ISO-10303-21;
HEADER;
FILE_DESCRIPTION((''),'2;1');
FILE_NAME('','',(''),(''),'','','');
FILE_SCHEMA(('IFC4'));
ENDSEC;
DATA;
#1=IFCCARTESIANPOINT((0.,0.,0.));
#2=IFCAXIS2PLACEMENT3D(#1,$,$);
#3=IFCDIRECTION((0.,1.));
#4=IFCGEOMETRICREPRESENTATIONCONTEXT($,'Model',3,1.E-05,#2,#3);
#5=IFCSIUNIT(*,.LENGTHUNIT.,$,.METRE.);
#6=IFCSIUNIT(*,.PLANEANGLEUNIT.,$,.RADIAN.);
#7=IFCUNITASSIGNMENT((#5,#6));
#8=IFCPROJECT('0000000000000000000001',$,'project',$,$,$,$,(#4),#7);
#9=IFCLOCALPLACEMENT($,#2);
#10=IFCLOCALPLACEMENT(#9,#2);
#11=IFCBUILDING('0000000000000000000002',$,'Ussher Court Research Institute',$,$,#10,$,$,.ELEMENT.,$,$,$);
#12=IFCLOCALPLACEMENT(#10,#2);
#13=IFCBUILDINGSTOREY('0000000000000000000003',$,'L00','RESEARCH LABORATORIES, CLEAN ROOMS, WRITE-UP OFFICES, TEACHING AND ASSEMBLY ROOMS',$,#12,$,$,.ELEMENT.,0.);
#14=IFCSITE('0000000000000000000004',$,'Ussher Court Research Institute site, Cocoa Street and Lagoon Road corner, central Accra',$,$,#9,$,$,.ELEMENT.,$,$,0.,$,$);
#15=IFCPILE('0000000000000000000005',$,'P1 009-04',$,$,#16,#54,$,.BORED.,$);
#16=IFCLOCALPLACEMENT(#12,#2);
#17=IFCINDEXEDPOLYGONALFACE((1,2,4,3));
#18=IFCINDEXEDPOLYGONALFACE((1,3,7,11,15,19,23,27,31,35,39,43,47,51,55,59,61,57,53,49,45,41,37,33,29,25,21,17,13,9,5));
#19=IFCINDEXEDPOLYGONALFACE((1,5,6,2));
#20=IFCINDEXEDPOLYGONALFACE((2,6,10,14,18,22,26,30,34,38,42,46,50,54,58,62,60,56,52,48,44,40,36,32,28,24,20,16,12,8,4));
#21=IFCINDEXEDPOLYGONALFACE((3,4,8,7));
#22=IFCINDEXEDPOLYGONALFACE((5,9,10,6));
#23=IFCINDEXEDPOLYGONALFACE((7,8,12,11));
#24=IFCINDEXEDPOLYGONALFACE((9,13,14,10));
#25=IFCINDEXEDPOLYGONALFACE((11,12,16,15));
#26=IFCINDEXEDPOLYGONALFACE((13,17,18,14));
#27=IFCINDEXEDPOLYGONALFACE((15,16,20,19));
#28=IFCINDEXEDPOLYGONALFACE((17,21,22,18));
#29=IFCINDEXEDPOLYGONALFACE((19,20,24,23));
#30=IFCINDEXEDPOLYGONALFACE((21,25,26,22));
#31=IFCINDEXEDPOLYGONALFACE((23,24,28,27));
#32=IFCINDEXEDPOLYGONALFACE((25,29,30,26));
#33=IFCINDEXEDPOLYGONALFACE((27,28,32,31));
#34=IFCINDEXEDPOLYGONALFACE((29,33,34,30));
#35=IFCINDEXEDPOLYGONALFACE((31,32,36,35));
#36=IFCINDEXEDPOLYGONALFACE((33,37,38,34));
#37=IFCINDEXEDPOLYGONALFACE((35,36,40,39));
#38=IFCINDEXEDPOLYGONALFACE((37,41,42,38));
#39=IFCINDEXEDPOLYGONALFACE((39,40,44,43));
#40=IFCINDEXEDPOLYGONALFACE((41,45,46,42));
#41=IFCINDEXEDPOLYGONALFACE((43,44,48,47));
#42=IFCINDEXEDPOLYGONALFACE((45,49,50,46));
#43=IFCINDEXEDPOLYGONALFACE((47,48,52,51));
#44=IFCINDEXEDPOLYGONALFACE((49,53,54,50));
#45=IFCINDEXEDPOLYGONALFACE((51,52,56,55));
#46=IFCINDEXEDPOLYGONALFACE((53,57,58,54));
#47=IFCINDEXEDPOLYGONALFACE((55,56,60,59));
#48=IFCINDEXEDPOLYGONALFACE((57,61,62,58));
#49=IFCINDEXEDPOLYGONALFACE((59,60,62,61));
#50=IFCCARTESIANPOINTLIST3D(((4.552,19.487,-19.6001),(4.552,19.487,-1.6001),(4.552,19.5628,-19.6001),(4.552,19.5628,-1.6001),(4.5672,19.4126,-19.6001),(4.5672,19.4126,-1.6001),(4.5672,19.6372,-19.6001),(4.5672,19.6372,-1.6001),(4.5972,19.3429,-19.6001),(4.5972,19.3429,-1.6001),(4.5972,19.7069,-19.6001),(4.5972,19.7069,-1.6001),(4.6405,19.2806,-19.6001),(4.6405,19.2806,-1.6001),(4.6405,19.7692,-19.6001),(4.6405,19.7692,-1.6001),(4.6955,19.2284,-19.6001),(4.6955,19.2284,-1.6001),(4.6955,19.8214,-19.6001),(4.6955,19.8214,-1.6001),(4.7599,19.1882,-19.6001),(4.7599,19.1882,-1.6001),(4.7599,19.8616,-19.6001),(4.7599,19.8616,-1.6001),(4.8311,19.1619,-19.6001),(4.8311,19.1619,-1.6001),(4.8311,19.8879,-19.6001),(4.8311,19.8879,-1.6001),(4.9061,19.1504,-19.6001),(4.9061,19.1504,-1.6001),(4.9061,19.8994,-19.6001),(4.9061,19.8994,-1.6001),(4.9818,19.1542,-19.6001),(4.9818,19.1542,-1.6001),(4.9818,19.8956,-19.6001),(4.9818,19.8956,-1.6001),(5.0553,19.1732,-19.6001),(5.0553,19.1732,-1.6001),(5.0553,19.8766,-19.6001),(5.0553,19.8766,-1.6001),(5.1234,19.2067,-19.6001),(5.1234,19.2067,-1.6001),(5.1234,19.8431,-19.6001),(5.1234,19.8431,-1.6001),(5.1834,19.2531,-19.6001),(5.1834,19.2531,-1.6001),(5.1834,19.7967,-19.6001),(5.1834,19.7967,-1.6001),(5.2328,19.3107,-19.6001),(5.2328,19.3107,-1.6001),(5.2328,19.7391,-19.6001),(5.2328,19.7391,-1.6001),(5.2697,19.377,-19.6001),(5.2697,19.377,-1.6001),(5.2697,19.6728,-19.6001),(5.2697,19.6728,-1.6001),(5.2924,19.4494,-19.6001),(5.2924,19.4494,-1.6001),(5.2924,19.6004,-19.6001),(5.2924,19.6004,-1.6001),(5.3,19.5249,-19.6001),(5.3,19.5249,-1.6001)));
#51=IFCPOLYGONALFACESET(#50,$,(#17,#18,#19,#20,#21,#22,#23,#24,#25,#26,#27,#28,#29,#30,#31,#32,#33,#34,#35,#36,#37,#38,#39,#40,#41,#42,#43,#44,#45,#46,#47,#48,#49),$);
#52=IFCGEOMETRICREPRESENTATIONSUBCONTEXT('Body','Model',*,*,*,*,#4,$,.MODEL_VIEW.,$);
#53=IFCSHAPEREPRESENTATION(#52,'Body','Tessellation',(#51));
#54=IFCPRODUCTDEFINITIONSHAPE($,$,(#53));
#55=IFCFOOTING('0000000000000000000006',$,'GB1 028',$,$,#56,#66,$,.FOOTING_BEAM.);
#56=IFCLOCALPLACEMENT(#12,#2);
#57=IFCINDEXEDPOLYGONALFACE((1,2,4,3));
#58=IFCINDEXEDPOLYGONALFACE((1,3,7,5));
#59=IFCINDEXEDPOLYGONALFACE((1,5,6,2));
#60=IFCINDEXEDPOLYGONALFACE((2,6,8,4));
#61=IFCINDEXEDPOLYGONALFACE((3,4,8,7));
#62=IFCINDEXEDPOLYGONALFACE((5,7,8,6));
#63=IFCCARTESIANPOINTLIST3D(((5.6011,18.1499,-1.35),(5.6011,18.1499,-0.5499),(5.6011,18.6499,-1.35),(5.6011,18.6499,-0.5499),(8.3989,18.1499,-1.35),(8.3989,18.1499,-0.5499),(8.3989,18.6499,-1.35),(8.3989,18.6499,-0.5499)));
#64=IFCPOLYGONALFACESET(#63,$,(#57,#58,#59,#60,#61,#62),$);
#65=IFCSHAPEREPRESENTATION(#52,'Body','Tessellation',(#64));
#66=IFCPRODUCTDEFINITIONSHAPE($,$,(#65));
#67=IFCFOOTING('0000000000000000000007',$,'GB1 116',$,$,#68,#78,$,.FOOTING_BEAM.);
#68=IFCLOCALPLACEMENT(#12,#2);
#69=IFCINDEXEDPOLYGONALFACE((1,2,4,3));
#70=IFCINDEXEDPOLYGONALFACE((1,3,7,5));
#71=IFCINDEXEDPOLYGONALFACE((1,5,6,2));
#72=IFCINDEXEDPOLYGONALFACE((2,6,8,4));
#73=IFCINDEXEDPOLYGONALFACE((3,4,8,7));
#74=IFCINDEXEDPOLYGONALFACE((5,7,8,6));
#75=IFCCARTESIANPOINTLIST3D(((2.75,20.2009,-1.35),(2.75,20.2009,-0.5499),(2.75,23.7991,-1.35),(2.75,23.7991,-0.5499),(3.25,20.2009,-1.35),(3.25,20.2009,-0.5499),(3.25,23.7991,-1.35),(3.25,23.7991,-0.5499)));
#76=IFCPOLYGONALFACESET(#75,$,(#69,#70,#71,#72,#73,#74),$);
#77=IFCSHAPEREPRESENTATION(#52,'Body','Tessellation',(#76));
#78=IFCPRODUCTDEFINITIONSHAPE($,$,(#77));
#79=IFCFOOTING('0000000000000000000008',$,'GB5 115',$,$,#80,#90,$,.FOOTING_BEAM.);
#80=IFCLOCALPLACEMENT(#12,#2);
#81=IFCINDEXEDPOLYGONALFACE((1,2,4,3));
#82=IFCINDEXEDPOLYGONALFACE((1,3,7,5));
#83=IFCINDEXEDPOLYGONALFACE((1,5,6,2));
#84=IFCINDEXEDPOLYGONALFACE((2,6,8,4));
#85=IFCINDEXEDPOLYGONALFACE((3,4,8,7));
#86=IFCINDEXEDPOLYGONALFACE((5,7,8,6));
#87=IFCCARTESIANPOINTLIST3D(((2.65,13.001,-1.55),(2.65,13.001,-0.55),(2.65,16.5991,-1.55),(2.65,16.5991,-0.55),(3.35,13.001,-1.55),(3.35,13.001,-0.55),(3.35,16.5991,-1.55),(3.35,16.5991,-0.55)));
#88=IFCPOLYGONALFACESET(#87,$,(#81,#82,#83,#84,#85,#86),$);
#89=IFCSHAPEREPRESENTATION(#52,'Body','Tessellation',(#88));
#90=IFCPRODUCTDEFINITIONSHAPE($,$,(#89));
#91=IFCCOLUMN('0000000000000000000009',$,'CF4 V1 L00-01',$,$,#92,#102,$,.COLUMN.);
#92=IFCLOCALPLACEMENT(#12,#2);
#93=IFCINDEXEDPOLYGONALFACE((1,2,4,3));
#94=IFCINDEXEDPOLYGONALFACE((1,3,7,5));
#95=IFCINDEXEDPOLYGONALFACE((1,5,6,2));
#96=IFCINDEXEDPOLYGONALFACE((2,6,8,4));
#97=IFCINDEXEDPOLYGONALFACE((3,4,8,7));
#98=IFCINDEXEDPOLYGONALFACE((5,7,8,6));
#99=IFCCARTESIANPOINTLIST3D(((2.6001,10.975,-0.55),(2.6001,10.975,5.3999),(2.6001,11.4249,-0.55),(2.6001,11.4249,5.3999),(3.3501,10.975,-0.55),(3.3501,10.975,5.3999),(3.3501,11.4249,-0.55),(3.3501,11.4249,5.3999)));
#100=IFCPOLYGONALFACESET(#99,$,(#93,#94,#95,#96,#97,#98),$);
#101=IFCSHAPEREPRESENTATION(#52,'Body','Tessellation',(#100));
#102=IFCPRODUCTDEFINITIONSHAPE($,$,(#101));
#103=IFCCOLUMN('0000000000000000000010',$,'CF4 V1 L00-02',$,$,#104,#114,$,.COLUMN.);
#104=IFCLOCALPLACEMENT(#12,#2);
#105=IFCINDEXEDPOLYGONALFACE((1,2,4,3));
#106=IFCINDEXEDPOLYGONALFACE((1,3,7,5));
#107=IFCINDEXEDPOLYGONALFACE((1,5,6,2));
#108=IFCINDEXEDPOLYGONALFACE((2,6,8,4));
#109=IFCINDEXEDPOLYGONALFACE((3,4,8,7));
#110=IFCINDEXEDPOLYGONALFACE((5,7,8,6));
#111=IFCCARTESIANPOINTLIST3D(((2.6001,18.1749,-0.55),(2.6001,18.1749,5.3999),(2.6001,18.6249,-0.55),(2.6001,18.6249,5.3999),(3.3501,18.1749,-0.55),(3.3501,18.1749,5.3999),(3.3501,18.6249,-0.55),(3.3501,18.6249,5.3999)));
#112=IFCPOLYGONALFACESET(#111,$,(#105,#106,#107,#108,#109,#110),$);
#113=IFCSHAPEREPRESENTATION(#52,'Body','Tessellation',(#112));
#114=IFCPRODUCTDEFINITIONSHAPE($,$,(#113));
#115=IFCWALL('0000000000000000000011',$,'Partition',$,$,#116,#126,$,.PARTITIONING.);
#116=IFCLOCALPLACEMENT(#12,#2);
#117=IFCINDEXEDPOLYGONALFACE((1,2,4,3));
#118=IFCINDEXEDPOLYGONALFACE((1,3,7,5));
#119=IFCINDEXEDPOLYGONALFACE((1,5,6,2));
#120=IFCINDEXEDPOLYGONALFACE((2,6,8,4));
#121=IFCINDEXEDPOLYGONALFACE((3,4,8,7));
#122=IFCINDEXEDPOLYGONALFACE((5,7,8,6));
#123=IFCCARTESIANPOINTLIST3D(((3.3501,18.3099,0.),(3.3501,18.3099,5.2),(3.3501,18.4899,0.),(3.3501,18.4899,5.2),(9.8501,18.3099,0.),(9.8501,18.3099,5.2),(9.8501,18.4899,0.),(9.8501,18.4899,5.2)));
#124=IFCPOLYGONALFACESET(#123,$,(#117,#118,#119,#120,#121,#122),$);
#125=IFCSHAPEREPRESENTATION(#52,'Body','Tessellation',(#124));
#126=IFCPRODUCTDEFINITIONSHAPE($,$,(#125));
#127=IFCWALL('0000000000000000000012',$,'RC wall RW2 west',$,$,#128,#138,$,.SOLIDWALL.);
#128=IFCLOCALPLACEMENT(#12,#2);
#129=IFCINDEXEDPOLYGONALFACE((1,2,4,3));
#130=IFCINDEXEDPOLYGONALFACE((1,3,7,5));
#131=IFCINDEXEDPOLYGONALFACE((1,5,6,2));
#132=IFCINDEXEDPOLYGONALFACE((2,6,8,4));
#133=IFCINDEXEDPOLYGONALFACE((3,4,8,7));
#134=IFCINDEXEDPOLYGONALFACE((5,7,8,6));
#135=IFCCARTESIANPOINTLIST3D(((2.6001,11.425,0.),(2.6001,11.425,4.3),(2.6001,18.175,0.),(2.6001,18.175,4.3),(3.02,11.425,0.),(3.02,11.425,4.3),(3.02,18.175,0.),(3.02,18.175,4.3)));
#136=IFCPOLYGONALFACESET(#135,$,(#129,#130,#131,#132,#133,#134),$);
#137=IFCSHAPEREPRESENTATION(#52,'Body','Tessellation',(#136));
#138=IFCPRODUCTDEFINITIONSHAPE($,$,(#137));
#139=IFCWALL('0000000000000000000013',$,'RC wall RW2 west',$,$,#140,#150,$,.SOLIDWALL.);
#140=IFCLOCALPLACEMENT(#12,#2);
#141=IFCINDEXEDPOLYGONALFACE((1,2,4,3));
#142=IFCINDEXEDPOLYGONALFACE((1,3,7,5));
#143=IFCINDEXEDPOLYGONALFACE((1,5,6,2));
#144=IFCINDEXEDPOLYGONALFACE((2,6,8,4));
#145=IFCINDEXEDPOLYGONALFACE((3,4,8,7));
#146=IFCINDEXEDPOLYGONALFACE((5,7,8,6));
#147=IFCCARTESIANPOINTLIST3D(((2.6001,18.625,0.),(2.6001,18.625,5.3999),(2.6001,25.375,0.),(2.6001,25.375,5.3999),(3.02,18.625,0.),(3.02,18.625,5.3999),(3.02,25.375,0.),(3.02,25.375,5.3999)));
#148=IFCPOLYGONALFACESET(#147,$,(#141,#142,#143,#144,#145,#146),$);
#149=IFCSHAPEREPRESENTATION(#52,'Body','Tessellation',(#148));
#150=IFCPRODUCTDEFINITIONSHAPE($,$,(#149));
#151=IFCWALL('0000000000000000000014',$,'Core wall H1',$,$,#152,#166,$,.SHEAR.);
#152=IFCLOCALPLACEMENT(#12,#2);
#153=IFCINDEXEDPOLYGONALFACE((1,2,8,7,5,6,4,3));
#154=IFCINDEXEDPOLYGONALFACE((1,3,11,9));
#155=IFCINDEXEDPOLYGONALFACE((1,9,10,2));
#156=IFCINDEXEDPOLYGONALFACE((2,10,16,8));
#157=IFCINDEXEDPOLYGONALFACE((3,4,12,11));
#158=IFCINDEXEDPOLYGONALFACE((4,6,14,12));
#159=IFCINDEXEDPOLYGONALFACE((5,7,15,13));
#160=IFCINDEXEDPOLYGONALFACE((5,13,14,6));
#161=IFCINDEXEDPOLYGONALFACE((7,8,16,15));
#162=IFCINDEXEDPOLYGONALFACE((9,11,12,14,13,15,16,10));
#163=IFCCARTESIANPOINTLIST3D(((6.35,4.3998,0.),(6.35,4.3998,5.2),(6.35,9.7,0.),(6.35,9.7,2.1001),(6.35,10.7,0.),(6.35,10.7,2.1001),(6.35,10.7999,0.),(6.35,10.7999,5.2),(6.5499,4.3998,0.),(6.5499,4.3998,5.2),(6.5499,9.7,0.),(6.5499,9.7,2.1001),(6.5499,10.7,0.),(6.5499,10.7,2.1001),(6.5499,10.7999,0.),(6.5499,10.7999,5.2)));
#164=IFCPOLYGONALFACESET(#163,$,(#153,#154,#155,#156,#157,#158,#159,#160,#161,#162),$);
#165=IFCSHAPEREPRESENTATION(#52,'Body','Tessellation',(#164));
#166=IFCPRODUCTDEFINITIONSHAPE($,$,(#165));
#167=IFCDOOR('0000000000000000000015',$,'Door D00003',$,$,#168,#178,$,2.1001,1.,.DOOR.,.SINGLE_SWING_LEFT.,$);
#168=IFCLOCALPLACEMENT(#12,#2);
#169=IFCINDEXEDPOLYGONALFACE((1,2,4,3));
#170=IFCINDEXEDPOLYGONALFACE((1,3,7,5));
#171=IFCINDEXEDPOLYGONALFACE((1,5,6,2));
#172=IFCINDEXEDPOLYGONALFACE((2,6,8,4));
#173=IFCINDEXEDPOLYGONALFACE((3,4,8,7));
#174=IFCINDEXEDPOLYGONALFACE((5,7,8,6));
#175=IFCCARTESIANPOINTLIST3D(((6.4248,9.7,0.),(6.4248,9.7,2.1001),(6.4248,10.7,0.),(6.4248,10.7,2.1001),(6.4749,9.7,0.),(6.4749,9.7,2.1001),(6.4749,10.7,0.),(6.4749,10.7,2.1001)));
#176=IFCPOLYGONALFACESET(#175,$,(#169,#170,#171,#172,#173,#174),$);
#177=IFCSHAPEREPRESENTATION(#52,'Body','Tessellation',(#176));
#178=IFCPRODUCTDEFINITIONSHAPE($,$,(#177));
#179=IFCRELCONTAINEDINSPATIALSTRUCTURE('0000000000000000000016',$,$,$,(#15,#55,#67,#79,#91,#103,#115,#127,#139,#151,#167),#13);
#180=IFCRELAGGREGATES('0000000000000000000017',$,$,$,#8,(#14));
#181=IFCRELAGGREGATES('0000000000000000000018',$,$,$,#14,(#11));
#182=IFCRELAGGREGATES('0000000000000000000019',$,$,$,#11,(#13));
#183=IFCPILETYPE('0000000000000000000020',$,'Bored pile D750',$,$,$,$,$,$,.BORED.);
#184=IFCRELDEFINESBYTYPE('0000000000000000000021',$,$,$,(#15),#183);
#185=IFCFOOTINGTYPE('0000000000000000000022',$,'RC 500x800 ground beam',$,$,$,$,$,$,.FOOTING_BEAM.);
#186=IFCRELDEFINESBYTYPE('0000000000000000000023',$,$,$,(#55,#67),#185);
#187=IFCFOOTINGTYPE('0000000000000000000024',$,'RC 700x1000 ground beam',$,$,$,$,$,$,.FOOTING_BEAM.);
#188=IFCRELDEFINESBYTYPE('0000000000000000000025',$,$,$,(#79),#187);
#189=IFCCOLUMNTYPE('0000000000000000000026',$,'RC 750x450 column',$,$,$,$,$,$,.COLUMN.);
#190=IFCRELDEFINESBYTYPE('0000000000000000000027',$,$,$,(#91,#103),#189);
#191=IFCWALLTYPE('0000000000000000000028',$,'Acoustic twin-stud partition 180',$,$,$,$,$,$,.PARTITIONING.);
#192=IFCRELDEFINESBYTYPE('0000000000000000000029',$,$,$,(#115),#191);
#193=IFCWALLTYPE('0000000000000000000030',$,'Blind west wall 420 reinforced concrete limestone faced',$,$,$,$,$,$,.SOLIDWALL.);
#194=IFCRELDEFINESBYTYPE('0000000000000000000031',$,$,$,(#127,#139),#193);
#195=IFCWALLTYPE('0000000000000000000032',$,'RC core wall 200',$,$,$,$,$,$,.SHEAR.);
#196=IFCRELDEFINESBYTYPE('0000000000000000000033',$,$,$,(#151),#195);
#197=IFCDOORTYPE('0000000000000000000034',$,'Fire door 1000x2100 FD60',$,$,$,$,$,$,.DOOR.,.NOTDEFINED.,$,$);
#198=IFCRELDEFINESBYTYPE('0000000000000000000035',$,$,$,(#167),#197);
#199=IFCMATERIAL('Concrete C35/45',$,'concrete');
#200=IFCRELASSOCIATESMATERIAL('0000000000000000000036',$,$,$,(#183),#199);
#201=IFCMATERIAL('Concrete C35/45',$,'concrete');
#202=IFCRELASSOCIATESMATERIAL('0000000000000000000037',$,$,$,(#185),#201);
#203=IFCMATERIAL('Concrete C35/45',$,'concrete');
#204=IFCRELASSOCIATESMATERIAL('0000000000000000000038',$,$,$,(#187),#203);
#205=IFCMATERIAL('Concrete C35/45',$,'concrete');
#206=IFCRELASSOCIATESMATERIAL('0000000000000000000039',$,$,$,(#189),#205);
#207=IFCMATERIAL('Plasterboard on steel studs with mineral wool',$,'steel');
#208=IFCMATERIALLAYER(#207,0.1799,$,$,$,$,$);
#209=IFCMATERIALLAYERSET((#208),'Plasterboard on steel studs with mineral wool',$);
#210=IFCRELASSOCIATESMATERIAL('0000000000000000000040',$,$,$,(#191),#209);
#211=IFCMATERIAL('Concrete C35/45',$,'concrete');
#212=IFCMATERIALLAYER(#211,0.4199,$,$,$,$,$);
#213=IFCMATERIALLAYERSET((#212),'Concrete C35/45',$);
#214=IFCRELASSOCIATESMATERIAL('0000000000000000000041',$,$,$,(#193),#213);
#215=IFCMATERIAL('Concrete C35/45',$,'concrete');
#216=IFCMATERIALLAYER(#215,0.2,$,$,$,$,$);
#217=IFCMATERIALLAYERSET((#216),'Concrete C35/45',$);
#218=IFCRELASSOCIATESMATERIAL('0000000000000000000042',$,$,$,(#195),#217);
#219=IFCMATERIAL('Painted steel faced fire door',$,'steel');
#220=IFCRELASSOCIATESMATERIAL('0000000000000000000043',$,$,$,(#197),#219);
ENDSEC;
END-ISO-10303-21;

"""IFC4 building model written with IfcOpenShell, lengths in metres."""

from ifc_helpers import new_model, si_unit, direction, frame, frame_2d, origin, origin_2d, place, context, subcontext, project, spatial, rectangle, circle, extrude, material, layer, layer_set, material_profile, profile_set, type_object, element, fill, save


model = new_model("IFC4")

# Units and contexts
model_context = context("Model", 3, precision=1e-05, world=origin(), true_north=direction((0.0, 1.0)))
body_context = subcontext(model_context, "Body", "Model", "MODEL_VIEW")
ifc_project = project(units=[si_unit("LENGTHUNIT", "METRE"), si_unit("PLANEANGLEUNIT", "RADIAN")], contexts=[model_context])

# Site, building, storey
site_placement = place(None, origin())
site = spatial("IfcSite", under=ifc_project, at=site_placement, Name="Ussher Court Research Institute site, Cocoa Street and Lagoon Road corner, central Accra", CompositionType="ELEMENT", RefElevation=0.0)
building_placement = place(site_placement, origin())
building = spatial("IfcBuilding", under=site, at=building_placement, Name="Ussher Court Research Institute", CompositionType="ELEMENT")
storey_placement = place(building_placement, origin())
storey = spatial("IfcBuildingStorey", under=building, at=storey_placement, Name="L00", Description="RESEARCH LABORATORIES, CLEAN ROOMS, WRITE-UP OFFICES, TEACHING AND ASSEMBLY ROOMS", CompositionType="ELEMENT", Elevation=0.0)

# Pile
ifc_material_1 = material(Name="Concrete C35/45", Category="concrete")
ifc_material_profile_1 = material_profile(ifc_material_1, circle(Radius=0.375, at=origin_2d()), Name="RC D750")
ifc_profile_set_1 = profile_set([ifc_material_profile_1], Name="Concrete C35/45")
pile_type_1 = type_object("IfcPileType", Name="Bored pile D750", PredefinedType="BORED", material=ifc_profile_set_1)
for number, where, z_axis, x_axis, name in (
    (1, (4.925, 19.5249, -1.6001), (0.0, 0.0, -1.0), (1.0, 0.0, 0.0), "P1 009-04"),
):
    element("IfcPile", number, at=place(storey_placement, frame(where, z_axis=z_axis, x_axis=x_axis)), inside=storey, type_object=pile_type_1, Name=name, PredefinedType="BORED", context=body_context, shape_type="SweptSolid", body=[
        extrude(circle(Radius=0.375, at=origin_2d()), origin(), (0.0, 0.0, 1.0), 18.0),
    ])

# Footings
ifc_material_2 = material(Name="Concrete C35/45", Category="concrete")
ifc_material_profile_2 = material_profile(ifc_material_2, rectangle(XDim=0.5, YDim=0.8, at=origin_2d()), Name="RC 500x800")
ifc_profile_set_2 = profile_set([ifc_material_profile_2], Name="Concrete C35/45")
footing_type_1 = type_object("IfcFootingType", Name="RC 500x800 ground beam", PredefinedType="FOOTING_BEAM", material=ifc_profile_set_2)
footing_1_placement = place(storey_placement, frame((5.6011, 18.3999, -0.95), z_axis=(1.0, 0.0, 0.0), x_axis=(0.0, 1.0, 0.0)))
element("IfcFooting", 2, at=footing_1_placement, inside=storey, type_object=footing_type_1, Name="GB1 028", PredefinedType="FOOTING_BEAM", context=body_context, shape_type="SweptSolid", body=[
    extrude(rectangle(XDim=0.5, YDim=0.8, at=origin_2d()), origin(), (0.0, 0.0, 1.0), 2.7979),
])
footing_2_placement = place(storey_placement, frame((3.0, 20.2009, -0.95), z_axis=(0.0, 1.0, 0.0), x_axis=(-1.0, 0.0, 0.0)))
element("IfcFooting", 3, at=footing_2_placement, inside=storey, type_object=footing_type_1, Name="GB1 116", PredefinedType="FOOTING_BEAM", context=body_context, shape_type="SweptSolid", body=[
    extrude(rectangle(XDim=0.5, YDim=0.8, at=origin_2d()), origin(), (0.0, 0.0, 1.0), 3.5981),
])
ifc_material_3 = material(Name="Concrete C35/45", Category="concrete")
ifc_material_profile_3 = material_profile(ifc_material_3, rectangle(XDim=0.7, YDim=1.0, at=origin_2d()), Name="RC 700x1000")
ifc_profile_set_3 = profile_set([ifc_material_profile_3], Name="Concrete C35/45")
footing_type_2 = type_object("IfcFootingType", Name="RC 700x1000 ground beam", PredefinedType="FOOTING_BEAM", material=ifc_profile_set_3)
footing_3_placement = place(storey_placement, frame((3.0, 13.001, -1.05), z_axis=(0.0, 1.0, 0.0), x_axis=(-1.0, 0.0, 0.0)))
element("IfcFooting", 4, at=footing_3_placement, inside=storey, type_object=footing_type_2, Name="GB5 115", PredefinedType="FOOTING_BEAM", context=body_context, shape_type="SweptSolid", body=[
    extrude(rectangle(XDim=0.7, YDim=1.0, at=origin_2d()), origin(), (0.0, 0.0, 1.0), 3.5981),
])

# Columns
ifc_material_4 = material(Name="Concrete C35/45", Category="concrete")
ifc_material_profile_4 = material_profile(ifc_material_4, rectangle(XDim=0.75, YDim=0.45, at=origin_2d()), Name="RC 750x450")
ifc_profile_set_4 = profile_set([ifc_material_profile_4], Name="Concrete C35/45")
column_type = type_object("IfcColumnType", Name="RC 750x450 column", PredefinedType="COLUMN", material=ifc_profile_set_4)
for number, where, z_axis, x_axis, name in (
    (5, (2.9751, 11.2, -0.55), (0.0, 0.0, 1.0), (1.0, 0.0, 0.0), "CF4 V1 L00-01"),
    (6, (2.9751, 18.3999, -0.55), (0.0, 0.0, 1.0), (1.0, 0.0, 0.0), "CF4 V1 L00-02"),
):
    element("IfcColumn", number, at=place(storey_placement, frame(where, z_axis=z_axis, x_axis=x_axis)), inside=storey, type_object=column_type, Name=name, PredefinedType="COLUMN", context=body_context, shape_type="SweptSolid", body=[
        extrude(rectangle(XDim=0.75, YDim=0.45, at=origin_2d()), origin(), (0.0, 0.0, 1.0), 5.95),
    ])

# Walls
ifc_material_5 = material(Name="Plasterboard on steel studs with mineral wool", Category="steel")
ifc_layer_1 = layer(ifc_material_5, 0.1799)
ifc_layer_set_1 = layer_set([ifc_layer_1], Name="Plasterboard on steel studs with mineral wool")
wall_type_1 = type_object("IfcWallType", Name="Acoustic twin-stud partition 180", PredefinedType="PARTITIONING", material=ifc_layer_set_1)
wall_1_placement = place(storey_placement, frame((3.3501, 18.3999, 0.0), z_axis=(0.0, 0.0, 1.0), x_axis=(1.0, 0.0, 0.0)))
element("IfcWall", 7, at=wall_1_placement, inside=storey, type_object=wall_type_1, Name="Partition", PredefinedType="PARTITIONING", context=body_context, shape_type="SweptSolid", body=[
    extrude(rectangle(XDim=6.5, YDim=0.1799, at=frame_2d((3.25, 0.0))), origin(), (0.0, 0.0, 1.0), 5.2),
])
ifc_material_6 = material(Name="Concrete C35/45", Category="concrete")
ifc_layer_2 = layer(ifc_material_6, 0.4199)
ifc_layer_set_2 = layer_set([ifc_layer_2], Name="Concrete C35/45")
wall_type_2 = type_object("IfcWallType", Name="Blind west wall 420 reinforced concrete limestone faced", PredefinedType="SOLIDWALL", material=ifc_layer_set_2)
wall_2_placement = place(storey_placement, frame((2.8101, 11.425, 0.0), z_axis=(0.0, 0.0, 1.0), x_axis=(0.0, 1.0, 0.0)))
element("IfcWall", 8, at=wall_2_placement, inside=storey, type_object=wall_type_2, Name="RC wall RW2 west", PredefinedType="SOLIDWALL", context=body_context, shape_type="SweptSolid", body=[
    extrude(rectangle(XDim=6.75, YDim=0.4199, at=frame_2d((3.375, 0.0))), origin(), (0.0, 0.0, 1.0), 4.3),
])
wall_3_placement = place(storey_placement, frame((2.8101, 18.625, 0.0), z_axis=(0.0, 0.0, 1.0), x_axis=(0.0, 1.0, 0.0)))
element("IfcWall", 9, at=wall_3_placement, inside=storey, type_object=wall_type_2, Name="RC wall RW2 west", PredefinedType="SOLIDWALL", context=body_context, shape_type="SweptSolid", body=[
    extrude(rectangle(XDim=6.75, YDim=0.4199, at=frame_2d((3.375, 0.0))), origin(), (0.0, 0.0, 1.0), 5.3999),
])

# Wall, opening, door
ifc_material_7 = material(Name="Concrete C35/45", Category="concrete")
ifc_layer_3 = layer(ifc_material_7, 0.2)
ifc_layer_set_3 = layer_set([ifc_layer_3], Name="Concrete C35/45")
wall_type_3 = type_object("IfcWallType", Name="RC core wall 200", PredefinedType="SHEAR", material=ifc_layer_set_3)
wall_4_placement = place(storey_placement, frame((6.45, 10.8, 0.0), z_axis=(0.0, 0.0, 1.0), x_axis=(0.0, -1.0, 0.0)))
wall_4 = element("IfcWall", 10, at=wall_4_placement, inside=storey, type_object=wall_type_3, Name="Core wall H1", PredefinedType="SHEAR", context=body_context, shape_type="SweptSolid", body=[
    extrude(rectangle(XDim=6.4001, YDim=0.2, at=frame_2d((3.2002, 0.0))), origin(), (0.0, 0.0, 1.0), 5.2),
])
opening_1_placement = place(wall_4_placement, frame((0.1001, 0.0, 0.0)))
opening_1 = element("IfcOpeningElement", 11, at=opening_1_placement, cuts=wall_4, PredefinedType="OPENING", context=body_context, shape_type="SweptSolid", body=[
    extrude(rectangle(XDim=1.0, YDim=2.1001, at=frame_2d((0.5, 1.05))), frame((0.0, 0.1099, 0.0), z_axis=(0.0, -1.0, 0.0), x_axis=(1.0, 0.0, 0.0)), (0.0, 0.0, 1.0), 0.22),
])
ifc_material_8 = material(Name="Painted steel faced fire door", Category="steel")
door_type_1 = type_object("IfcDoorType", Name="Fire door 1000x2100 FD60", OperationType="NOTDEFINED", PredefinedType="DOOR", material=ifc_material_8)
door_1_placement = place(opening_1_placement, origin())
door_1 = element("IfcDoor", 12, at=door_1_placement, inside=storey, type_object=door_type_1, Name="Door D00003", OperationType="SINGLE_SWING_LEFT", OverallHeight=2.1001, OverallWidth=1.0, PredefinedType="DOOR", context=body_context, shape_type="SweptSolid", body=[
    extrude(rectangle(XDim=1.0, YDim=2.1001, at=frame_2d((0.5, 1.05))), frame((0.0, 0.0249, 0.0), z_axis=(0.0, -1.0, 0.0), x_axis=(1.0, 0.0, 0.0)), (0.0, 0.0, 1.0), 0.05),
])
fill(opening_1, door_1)

save(model, "model.ifc")
